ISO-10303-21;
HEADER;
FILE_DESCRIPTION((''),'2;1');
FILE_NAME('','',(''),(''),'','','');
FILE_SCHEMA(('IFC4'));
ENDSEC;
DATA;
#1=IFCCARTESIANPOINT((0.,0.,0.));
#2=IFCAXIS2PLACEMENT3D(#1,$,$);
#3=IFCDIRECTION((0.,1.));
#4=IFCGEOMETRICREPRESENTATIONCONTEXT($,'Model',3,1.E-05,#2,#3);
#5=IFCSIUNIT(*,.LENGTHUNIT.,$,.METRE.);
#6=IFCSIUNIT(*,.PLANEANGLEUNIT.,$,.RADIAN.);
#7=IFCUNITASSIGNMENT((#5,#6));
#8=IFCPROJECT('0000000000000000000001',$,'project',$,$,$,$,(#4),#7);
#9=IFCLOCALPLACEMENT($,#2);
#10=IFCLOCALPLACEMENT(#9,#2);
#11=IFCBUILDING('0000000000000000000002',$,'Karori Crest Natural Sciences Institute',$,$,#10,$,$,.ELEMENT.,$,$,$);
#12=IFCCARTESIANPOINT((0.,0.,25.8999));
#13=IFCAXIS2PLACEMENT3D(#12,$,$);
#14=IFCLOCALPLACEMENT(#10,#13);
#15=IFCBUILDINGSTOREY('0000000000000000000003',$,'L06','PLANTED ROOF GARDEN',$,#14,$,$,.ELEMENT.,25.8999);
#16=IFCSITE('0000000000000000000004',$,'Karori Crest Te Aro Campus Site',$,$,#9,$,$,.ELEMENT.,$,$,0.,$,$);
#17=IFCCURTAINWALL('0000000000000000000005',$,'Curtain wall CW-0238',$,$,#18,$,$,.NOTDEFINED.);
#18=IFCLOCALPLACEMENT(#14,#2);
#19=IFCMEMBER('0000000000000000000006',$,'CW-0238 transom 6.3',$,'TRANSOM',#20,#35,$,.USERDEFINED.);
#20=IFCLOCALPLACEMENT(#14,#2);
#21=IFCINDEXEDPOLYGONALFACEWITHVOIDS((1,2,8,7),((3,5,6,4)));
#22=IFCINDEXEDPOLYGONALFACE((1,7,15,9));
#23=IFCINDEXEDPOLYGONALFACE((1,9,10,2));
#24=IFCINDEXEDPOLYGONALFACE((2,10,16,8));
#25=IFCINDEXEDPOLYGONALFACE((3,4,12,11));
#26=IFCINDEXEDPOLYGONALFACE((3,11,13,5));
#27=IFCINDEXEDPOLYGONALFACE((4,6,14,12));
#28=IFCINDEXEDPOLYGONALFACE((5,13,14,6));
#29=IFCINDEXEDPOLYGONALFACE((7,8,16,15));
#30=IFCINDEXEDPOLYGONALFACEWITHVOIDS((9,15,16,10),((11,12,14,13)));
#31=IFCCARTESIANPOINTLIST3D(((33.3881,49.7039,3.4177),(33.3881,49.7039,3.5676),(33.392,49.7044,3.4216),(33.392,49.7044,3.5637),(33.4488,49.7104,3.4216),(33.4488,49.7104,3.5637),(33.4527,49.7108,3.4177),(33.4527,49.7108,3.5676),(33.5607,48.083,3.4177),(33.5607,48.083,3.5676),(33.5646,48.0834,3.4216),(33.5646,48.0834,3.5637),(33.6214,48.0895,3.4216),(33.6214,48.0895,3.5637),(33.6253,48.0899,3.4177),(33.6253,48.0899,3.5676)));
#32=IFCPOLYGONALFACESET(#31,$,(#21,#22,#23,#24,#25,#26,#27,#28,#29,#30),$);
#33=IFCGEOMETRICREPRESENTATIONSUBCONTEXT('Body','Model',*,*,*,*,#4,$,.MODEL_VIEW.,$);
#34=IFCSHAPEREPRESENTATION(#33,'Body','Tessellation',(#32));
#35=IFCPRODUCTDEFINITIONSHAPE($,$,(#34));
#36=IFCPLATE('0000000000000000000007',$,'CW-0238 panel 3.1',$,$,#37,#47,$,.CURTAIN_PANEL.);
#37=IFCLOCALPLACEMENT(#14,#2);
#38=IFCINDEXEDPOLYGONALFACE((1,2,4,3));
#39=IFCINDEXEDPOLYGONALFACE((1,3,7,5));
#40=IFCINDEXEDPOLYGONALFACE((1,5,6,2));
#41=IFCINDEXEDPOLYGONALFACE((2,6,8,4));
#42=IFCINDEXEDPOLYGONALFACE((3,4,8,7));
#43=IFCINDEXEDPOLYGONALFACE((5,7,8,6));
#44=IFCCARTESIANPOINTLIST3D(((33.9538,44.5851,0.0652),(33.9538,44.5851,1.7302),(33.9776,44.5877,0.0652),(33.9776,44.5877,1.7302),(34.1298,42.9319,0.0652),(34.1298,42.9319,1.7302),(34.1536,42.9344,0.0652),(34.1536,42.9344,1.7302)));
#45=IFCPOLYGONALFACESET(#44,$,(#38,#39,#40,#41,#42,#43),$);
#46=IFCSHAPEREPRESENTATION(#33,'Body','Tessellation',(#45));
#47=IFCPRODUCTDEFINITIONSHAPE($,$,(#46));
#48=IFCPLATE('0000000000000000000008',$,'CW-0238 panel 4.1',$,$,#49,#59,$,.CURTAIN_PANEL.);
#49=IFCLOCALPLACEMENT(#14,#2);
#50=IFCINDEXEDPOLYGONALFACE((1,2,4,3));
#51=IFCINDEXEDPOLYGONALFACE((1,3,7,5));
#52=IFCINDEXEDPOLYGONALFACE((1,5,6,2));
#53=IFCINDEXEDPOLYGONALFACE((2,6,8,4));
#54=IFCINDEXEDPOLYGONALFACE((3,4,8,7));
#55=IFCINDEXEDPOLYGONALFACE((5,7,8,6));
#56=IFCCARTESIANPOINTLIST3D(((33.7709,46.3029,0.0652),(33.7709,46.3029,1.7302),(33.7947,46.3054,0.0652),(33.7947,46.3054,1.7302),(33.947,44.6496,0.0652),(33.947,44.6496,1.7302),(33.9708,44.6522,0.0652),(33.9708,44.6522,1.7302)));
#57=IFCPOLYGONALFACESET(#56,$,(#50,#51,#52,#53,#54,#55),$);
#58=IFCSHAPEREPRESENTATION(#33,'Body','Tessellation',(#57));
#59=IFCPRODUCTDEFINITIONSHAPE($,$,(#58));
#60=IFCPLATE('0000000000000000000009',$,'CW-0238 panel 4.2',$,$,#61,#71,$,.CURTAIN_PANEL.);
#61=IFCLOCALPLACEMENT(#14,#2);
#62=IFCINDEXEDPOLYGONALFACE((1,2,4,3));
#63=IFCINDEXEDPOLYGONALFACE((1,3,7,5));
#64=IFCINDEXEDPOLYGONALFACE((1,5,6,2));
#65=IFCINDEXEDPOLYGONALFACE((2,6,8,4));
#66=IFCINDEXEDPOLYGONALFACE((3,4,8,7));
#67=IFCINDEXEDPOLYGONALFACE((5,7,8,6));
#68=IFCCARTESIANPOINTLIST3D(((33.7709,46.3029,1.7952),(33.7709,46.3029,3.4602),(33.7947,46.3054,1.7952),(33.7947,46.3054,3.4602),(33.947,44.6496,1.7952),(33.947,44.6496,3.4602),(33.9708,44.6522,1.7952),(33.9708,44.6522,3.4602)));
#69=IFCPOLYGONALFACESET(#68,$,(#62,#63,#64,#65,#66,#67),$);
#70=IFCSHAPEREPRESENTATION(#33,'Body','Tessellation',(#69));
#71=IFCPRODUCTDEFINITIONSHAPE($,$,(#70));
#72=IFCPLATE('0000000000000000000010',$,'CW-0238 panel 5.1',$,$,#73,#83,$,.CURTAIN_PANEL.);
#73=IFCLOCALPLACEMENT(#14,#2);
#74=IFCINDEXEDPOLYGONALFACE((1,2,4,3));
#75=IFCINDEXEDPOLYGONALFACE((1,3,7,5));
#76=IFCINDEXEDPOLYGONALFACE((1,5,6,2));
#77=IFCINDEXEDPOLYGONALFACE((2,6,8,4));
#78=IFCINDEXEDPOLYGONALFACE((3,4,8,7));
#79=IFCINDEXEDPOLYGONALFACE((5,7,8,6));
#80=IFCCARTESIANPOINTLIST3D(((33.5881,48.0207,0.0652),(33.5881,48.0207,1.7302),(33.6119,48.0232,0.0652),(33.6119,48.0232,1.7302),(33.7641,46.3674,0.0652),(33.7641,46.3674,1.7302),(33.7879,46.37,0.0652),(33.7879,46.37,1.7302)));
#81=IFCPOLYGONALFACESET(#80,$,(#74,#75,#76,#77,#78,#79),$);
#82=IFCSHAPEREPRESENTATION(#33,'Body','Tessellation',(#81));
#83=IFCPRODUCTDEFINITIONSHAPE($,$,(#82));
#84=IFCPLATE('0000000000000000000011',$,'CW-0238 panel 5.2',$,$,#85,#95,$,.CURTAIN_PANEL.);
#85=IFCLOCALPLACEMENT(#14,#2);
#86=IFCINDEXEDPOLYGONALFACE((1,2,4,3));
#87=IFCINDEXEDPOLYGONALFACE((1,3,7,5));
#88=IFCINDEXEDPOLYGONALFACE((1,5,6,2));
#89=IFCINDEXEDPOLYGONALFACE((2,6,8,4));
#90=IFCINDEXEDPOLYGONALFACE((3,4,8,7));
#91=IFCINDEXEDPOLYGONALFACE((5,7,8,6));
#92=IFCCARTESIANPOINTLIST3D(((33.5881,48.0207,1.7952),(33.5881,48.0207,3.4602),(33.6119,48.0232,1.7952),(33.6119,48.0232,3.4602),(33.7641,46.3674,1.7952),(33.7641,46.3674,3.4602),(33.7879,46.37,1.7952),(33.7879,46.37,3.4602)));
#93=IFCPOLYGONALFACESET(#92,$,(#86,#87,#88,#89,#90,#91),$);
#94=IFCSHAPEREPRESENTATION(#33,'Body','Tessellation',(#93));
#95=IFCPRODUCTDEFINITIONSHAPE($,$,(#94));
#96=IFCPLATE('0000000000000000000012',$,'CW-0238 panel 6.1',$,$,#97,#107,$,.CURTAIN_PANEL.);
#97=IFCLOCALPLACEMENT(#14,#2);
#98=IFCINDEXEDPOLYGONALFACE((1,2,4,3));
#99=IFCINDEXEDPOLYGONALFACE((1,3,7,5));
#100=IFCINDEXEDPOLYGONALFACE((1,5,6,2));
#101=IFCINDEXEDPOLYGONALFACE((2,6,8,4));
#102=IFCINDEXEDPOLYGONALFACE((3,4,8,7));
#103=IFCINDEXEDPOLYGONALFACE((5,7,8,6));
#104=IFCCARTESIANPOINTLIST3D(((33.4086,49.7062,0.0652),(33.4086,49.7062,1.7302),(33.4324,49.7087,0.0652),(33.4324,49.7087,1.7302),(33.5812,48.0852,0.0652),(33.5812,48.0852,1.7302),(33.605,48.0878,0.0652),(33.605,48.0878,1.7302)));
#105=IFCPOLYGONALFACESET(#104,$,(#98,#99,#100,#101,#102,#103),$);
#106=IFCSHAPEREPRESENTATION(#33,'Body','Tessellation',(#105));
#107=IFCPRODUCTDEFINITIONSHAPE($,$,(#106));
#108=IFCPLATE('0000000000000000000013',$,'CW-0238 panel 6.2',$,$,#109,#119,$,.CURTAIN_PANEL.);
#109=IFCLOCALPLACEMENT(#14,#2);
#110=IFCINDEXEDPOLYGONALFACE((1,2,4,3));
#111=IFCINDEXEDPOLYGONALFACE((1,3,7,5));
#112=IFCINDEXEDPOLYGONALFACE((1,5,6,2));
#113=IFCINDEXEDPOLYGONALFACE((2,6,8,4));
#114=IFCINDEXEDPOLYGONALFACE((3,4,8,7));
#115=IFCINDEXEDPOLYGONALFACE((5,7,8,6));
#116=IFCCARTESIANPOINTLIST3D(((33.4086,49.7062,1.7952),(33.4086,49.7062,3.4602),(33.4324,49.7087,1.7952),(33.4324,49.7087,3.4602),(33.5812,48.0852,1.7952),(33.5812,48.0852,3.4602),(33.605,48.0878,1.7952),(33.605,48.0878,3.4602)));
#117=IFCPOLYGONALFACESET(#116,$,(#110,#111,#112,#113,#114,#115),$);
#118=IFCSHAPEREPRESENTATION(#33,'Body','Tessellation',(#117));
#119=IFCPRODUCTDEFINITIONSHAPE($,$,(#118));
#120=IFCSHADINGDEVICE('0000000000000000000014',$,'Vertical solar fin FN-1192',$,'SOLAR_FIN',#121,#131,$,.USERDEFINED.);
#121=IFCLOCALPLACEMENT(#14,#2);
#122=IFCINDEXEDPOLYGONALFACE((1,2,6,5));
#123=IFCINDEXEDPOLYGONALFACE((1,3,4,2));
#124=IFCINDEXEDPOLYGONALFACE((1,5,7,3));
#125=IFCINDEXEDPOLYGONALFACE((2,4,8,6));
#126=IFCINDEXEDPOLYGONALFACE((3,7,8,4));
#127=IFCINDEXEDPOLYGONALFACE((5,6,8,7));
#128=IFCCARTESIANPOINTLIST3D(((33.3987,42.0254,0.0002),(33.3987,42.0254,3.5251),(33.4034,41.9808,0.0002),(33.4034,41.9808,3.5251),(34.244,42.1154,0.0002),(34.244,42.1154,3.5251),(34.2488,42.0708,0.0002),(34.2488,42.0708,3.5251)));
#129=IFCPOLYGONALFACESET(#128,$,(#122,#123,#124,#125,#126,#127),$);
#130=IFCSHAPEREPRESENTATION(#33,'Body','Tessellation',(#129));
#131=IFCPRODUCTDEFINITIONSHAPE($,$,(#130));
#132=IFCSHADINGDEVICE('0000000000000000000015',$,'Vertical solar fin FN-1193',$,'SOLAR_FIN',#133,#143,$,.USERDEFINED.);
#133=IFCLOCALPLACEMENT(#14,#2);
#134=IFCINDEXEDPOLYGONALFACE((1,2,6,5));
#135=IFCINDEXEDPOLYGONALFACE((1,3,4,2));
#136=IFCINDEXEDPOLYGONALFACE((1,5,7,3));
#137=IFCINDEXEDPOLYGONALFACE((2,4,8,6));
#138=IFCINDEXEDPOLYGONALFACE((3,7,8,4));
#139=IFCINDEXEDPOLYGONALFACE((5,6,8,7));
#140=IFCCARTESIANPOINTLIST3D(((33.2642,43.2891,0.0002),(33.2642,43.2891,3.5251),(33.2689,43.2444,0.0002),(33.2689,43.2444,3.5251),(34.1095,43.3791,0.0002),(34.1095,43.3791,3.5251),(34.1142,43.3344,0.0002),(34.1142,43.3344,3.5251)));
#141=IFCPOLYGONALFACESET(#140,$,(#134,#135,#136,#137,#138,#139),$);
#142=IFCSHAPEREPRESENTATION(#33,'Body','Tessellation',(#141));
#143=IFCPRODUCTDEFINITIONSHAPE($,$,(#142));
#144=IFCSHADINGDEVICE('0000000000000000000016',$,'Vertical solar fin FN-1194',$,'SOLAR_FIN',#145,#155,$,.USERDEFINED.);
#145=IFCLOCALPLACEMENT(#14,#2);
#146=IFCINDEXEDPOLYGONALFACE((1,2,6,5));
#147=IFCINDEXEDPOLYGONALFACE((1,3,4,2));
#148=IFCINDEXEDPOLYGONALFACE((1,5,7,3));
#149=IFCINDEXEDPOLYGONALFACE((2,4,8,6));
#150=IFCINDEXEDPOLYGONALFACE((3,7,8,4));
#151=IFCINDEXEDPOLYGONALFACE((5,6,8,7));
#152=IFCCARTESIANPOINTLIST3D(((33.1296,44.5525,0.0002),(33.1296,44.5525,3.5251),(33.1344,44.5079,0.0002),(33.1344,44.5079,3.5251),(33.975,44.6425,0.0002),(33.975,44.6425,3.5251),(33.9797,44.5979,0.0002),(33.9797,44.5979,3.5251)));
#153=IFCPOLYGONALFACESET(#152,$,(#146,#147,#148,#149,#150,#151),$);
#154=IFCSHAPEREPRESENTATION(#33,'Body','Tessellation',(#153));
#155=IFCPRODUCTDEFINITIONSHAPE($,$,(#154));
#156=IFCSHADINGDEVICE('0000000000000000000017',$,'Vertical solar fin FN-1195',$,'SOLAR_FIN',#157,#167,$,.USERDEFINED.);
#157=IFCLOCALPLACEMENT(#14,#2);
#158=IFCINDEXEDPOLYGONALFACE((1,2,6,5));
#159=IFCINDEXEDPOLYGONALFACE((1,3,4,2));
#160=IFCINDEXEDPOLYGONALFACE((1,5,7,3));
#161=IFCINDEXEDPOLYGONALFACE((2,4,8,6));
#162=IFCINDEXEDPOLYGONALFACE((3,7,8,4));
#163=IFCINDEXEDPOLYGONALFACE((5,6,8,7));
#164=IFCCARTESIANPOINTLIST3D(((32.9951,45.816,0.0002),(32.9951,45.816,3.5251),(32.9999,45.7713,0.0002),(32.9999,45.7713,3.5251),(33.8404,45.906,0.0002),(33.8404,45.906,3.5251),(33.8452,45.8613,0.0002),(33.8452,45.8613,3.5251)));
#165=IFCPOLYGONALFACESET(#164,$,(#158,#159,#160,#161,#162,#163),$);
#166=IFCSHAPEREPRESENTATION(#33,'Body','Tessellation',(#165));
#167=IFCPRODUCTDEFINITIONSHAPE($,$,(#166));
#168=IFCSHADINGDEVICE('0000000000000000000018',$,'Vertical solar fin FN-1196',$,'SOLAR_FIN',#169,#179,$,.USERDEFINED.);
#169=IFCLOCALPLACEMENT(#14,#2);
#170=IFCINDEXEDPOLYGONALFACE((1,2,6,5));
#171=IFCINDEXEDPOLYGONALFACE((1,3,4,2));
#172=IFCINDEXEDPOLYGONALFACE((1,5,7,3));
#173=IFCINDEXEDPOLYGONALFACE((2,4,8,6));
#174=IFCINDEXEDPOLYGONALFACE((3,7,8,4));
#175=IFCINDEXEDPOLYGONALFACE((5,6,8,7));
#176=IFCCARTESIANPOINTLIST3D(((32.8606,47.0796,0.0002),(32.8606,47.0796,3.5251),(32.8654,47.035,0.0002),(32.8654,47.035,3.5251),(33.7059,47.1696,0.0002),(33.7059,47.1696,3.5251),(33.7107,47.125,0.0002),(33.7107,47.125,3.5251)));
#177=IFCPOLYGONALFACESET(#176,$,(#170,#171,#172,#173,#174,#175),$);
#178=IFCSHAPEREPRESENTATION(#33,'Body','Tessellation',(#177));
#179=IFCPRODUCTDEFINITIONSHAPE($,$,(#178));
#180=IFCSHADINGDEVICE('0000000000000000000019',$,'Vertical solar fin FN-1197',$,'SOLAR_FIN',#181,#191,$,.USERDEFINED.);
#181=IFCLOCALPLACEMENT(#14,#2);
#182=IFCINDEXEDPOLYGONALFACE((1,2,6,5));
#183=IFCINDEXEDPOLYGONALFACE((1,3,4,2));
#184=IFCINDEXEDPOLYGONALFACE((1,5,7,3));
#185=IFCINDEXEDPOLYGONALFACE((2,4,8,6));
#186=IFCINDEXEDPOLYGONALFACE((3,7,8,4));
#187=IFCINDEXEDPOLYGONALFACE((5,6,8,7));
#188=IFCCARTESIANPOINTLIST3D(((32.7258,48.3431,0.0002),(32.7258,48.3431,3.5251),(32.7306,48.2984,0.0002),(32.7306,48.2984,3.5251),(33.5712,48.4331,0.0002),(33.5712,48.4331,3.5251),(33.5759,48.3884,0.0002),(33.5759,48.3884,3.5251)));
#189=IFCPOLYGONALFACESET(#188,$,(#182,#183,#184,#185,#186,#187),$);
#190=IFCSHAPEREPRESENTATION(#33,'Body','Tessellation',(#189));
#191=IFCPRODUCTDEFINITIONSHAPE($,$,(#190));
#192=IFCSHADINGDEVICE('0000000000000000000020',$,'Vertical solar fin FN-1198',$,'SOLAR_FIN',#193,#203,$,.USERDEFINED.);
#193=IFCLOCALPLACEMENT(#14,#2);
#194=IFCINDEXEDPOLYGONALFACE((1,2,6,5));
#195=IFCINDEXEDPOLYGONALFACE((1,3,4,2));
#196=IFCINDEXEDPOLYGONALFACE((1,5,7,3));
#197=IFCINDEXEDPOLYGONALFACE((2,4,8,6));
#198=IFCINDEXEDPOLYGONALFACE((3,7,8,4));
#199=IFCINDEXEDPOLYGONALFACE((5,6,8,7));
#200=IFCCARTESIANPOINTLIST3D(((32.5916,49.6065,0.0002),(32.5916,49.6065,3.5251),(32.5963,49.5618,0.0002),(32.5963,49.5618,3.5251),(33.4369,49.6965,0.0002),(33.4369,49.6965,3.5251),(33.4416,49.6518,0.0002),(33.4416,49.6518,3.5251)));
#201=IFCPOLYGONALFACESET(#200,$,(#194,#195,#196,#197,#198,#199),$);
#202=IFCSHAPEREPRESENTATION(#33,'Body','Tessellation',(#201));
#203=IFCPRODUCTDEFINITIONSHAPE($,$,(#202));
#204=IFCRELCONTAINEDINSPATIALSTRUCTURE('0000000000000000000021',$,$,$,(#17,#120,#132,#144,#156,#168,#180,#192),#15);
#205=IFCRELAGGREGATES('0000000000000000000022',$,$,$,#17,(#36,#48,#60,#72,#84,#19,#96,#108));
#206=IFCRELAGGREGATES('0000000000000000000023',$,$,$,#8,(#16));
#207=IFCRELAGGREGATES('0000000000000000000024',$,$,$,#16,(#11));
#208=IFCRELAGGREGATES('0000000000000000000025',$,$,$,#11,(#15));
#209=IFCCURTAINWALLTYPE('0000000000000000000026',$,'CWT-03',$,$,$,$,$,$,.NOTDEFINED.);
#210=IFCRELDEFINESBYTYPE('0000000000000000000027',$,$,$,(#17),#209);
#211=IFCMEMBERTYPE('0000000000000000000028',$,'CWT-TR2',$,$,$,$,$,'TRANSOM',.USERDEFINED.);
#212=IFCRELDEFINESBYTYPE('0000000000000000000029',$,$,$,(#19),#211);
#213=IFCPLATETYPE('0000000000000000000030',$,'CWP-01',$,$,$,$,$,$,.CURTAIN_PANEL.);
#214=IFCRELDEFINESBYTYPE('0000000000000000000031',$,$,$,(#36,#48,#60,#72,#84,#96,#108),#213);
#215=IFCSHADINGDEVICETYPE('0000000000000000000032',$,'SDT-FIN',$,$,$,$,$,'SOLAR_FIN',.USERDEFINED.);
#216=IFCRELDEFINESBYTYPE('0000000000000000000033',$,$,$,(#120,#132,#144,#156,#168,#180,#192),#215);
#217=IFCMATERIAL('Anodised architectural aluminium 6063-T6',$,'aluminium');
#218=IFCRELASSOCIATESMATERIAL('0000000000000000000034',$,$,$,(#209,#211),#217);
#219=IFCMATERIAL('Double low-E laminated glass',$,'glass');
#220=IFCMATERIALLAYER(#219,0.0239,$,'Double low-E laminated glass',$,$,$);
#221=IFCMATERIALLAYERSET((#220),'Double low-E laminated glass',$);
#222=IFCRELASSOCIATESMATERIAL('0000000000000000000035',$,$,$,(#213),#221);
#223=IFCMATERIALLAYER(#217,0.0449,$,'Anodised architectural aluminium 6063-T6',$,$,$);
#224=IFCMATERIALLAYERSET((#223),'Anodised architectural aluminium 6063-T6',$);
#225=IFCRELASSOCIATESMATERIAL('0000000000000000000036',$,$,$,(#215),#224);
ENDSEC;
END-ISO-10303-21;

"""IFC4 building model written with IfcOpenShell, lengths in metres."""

from ifc_helpers import new_model, si_unit, direction, frame, origin, origin_2d, place, context, subcontext, project, spatial, rectangle, hollow_rectangle, extrude, material, layer, layer_set, material_profile, profile_set, type_object, element, aggregate, save


model = new_model("IFC4")

# Units and contexts
model_context = context("Model", 3, precision=1e-05, world=origin(), true_north=direction((0.0, 1.0)))
body_context = subcontext(model_context, "Body", "Model", "MODEL_VIEW")
ifc_project = project(units=[si_unit("LENGTHUNIT", "METRE"), si_unit("PLANEANGLEUNIT", "RADIAN")], contexts=[model_context])

# Site, building, storey
site_placement = place(None, origin())
site = spatial("IfcSite", under=ifc_project, at=site_placement, Name="Karori Crest Te Aro Campus Site", CompositionType="ELEMENT", RefElevation=0.0)
building_placement = place(site_placement, origin())
building = spatial("IfcBuilding", under=site, at=building_placement, Name="Karori Crest Natural Sciences Institute", CompositionType="ELEMENT")
storey_placement = place(building_placement, frame((0.0, 0.0, 25.8999)))
storey = spatial("IfcBuildingStorey", under=building, at=storey_placement, Name="L06", Description="PLANTED ROOF GARDEN", CompositionType="ELEMENT", Elevation=25.8999)

# Curtain wall, member, plates
ifc_material_1 = material(Name="Anodised architectural aluminium 6063-T6", Category="aluminium")
curtain_wall_type = type_object("IfcCurtainWallType", Name="CWT-03", PredefinedType="NOTDEFINED", material=ifc_material_1)
curtain_wall_placement = place(storey_placement, origin())
curtain_wall = element("IfcCurtainWall", 1, at=curtain_wall_placement, inside=storey, type_object=curtain_wall_type, Name="Curtain wall CW-0238", PredefinedType="NOTDEFINED")
ifc_material_profile_1 = material_profile(ifc_material_1, hollow_rectangle(XDim=0.0649, YDim=0.1499, WallThickness=0.0039, at=origin_2d()), Name="CWT150x65x4")
ifc_profile_set_1 = profile_set([ifc_material_profile_1], Name="Anodised architectural aluminium 6063-T6")
member_type_1 = type_object("IfcMemberType", Name="CWT-TR2", ElementType="TRANSOM", PredefinedType="USERDEFINED", material=ifc_profile_set_1)
member_1_placement = place(storey_placement, frame((33.593, 48.0864, 3.4927), z_axis=(-0.105893, 0.994378, 0.0), x_axis=(-0.994378, -0.105893, 0.0)))
member_1 = element("IfcMember", 2, at=member_1_placement, type_object=member_type_1, Name="CW-0238 transom 6.3", ObjectType="TRANSOM", PredefinedType="USERDEFINED", context=body_context, shape_type="SweptSolid", body=[
    extrude(hollow_rectangle(XDim=0.0649, YDim=0.1499, WallThickness=0.0039, at=origin_2d()), origin(), (0.0, 0.0, 1.0), 1.6301),
])
ifc_material_2 = material(Name="Double low-E laminated glass", Category="glass")
ifc_layer_1 = layer(ifc_material_2, 0.0239, Name="Double low-E laminated glass")
ifc_layer_set_1 = layer_set([ifc_layer_1], Name="Double low-E laminated glass")
plate_type = type_object("IfcPlateType", Name="CWP-01", PredefinedType="CURTAIN_PANEL", material=ifc_layer_set_1)
plate_1_placement = place(storey_placement, frame((34.0537, 43.7598, 0.0652), z_axis=(0.0, 0.0, 1.0), x_axis=(-0.105884, 0.994378, 0.0)))
plate_1 = element("IfcPlate", 3, at=plate_1_placement, type_object=plate_type, Name="CW-0238 panel 3.1", PredefinedType="CURTAIN_PANEL", context=body_context, shape_type="SweptSolid", body=[
    extrude(rectangle(XDim=1.6626, YDim=0.0239, at=origin_2d()), origin(), (0.0, 0.0, 1.0), 1.665),
])
plate_2_placement = place(storey_placement, frame((33.8708, 45.4775, 0.0652), z_axis=(0.0, 0.0, 1.0), x_axis=(-0.105884, 0.994378, 0.0)))
plate_2 = element("IfcPlate", 4, at=plate_2_placement, type_object=plate_type, Name="CW-0238 panel 4.1", PredefinedType="CURTAIN_PANEL", context=body_context, shape_type="SweptSolid", body=[
    extrude(rectangle(XDim=1.6626, YDim=0.0239, at=origin_2d()), origin(), (0.0, 0.0, 1.0), 1.665),
])
plate_3_placement = place(storey_placement, frame((33.8708, 45.4775, 1.7952), z_axis=(0.0, 0.0, 1.0), x_axis=(-0.105884, 0.994378, 0.0)))
plate_3 = element("IfcPlate", 5, at=plate_3_placement, type_object=plate_type, Name="CW-0238 panel 4.2", PredefinedType="CURTAIN_PANEL", context=body_context, shape_type="SweptSolid", body=[
    extrude(rectangle(XDim=1.6626, YDim=0.0239, at=origin_2d()), origin(), (0.0, 0.0, 1.0), 1.665),
])
plate_4_placement = place(storey_placement, frame((33.688, 47.1953, 0.0652), z_axis=(0.0, 0.0, 1.0), x_axis=(-0.105884, 0.994378, 0.0)))
plate_4 = element("IfcPlate", 6, at=plate_4_placement, type_object=plate_type, Name="CW-0238 panel 5.1", PredefinedType="CURTAIN_PANEL", context=body_context, shape_type="SweptSolid", body=[
    extrude(rectangle(XDim=1.6626, YDim=0.0239, at=origin_2d()), origin(), (0.0, 0.0, 1.0), 1.665),
])
plate_5_placement = place(storey_placement, frame((33.688, 47.1953, 1.7952), z_axis=(0.0, 0.0, 1.0), x_axis=(-0.105884, 0.994378, 0.0)))
plate_5 = element("IfcPlate", 7, at=plate_5_placement, type_object=plate_type, Name="CW-0238 panel 5.2", PredefinedType="CURTAIN_PANEL", context=body_context, shape_type="SweptSolid", body=[
    extrude(rectangle(XDim=1.6626, YDim=0.0239, at=origin_2d()), origin(), (0.0, 0.0, 1.0), 1.665),
])
plate_6_placement = place(storey_placement, frame((33.5068, 48.897, 0.0652), z_axis=(0.0, 0.0, 1.0), x_axis=(-0.105884, 0.994378, 0.0)))
plate_6 = element("IfcPlate", 8, at=plate_6_placement, type_object=plate_type, Name="CW-0238 panel 6.1", PredefinedType="CURTAIN_PANEL", context=body_context, shape_type="SweptSolid", body=[
    extrude(rectangle(XDim=1.6301, YDim=0.0239, at=origin_2d()), origin(), (0.0, 0.0, 1.0), 1.665),
])
plate_7_placement = place(storey_placement, frame((33.5068, 48.897, 1.7952), z_axis=(0.0, 0.0, 1.0), x_axis=(-0.105884, 0.994378, 0.0)))
plate_7 = element("IfcPlate", 9, at=plate_7_placement, type_object=plate_type, Name="CW-0238 panel 6.2", PredefinedType="CURTAIN_PANEL", context=body_context, shape_type="SweptSolid", body=[
    extrude(rectangle(XDim=1.6301, YDim=0.0239, at=origin_2d()), origin(), (0.0, 0.0, 1.0), 1.665),
])
aggregate(curtain_wall, [plate_1, plate_2, plate_3, plate_4, plate_5, member_1, plate_6, plate_7])

# Shading devices
ifc_layer_2 = layer(ifc_material_1, 0.0449, Name="Anodised architectural aluminium 6063-T6")
ifc_layer_set_2 = layer_set([ifc_layer_2], Name="Anodised architectural aluminium 6063-T6")
shading_device_type = type_object("IfcShadingDeviceType", Name="SDT-FIN", ElementType="SOLAR_FIN", PredefinedType="USERDEFINED", material=ifc_layer_set_2)
for number, where, z_axis, x_axis, name in (
    (10, (33.8237, 42.0481, 0.0002), (0.0, 0.0, 1.0), (-0.994378, -0.105884, 0.0), "Vertical solar fin FN-1192"),
    (11, (33.6892, 43.3118, 0.0002), (0.0, 0.0, 1.0), (-0.994378, -0.105884, 0.0), "Vertical solar fin FN-1193"),
    (12, (33.5547, 44.5752, 0.0002), (0.0, 0.0, 1.0), (-0.994378, -0.105884, 0.0), "Vertical solar fin FN-1194"),
    (13, (33.4202, 45.8386, 0.0002), (0.0, 0.0, 1.0), (-0.994378, -0.105884, 0.0), "Vertical solar fin FN-1195"),
    (14, (33.2856, 47.1023, 0.0002), (0.0, 0.0, 1.0), (-0.994378, -0.105884, 0.0), "Vertical solar fin FN-1196"),
    (15, (33.1509, 48.3657, 0.0002), (0.0, 0.0, 1.0), (-0.994378, -0.105884, 0.0), "Vertical solar fin FN-1197"),
    (16, (33.0166, 49.6292, 0.0002), (0.0, 0.0, 1.0), (-0.994378, -0.105884, 0.0), "Vertical solar fin FN-1198"),
):
    element("IfcShadingDevice", number, at=place(storey_placement, frame(where, z_axis=z_axis, x_axis=x_axis)), inside=storey, type_object=shading_device_type, Name=name, ObjectType="SOLAR_FIN", PredefinedType="USERDEFINED", context=body_context, shape_type="SweptSolid", body=[
        extrude(rectangle(XDim=0.8501, YDim=0.0449, at=origin_2d()), origin(), (0.0, 0.0, 1.0), 3.5249),
    ])

save(model, "model.ifc")
